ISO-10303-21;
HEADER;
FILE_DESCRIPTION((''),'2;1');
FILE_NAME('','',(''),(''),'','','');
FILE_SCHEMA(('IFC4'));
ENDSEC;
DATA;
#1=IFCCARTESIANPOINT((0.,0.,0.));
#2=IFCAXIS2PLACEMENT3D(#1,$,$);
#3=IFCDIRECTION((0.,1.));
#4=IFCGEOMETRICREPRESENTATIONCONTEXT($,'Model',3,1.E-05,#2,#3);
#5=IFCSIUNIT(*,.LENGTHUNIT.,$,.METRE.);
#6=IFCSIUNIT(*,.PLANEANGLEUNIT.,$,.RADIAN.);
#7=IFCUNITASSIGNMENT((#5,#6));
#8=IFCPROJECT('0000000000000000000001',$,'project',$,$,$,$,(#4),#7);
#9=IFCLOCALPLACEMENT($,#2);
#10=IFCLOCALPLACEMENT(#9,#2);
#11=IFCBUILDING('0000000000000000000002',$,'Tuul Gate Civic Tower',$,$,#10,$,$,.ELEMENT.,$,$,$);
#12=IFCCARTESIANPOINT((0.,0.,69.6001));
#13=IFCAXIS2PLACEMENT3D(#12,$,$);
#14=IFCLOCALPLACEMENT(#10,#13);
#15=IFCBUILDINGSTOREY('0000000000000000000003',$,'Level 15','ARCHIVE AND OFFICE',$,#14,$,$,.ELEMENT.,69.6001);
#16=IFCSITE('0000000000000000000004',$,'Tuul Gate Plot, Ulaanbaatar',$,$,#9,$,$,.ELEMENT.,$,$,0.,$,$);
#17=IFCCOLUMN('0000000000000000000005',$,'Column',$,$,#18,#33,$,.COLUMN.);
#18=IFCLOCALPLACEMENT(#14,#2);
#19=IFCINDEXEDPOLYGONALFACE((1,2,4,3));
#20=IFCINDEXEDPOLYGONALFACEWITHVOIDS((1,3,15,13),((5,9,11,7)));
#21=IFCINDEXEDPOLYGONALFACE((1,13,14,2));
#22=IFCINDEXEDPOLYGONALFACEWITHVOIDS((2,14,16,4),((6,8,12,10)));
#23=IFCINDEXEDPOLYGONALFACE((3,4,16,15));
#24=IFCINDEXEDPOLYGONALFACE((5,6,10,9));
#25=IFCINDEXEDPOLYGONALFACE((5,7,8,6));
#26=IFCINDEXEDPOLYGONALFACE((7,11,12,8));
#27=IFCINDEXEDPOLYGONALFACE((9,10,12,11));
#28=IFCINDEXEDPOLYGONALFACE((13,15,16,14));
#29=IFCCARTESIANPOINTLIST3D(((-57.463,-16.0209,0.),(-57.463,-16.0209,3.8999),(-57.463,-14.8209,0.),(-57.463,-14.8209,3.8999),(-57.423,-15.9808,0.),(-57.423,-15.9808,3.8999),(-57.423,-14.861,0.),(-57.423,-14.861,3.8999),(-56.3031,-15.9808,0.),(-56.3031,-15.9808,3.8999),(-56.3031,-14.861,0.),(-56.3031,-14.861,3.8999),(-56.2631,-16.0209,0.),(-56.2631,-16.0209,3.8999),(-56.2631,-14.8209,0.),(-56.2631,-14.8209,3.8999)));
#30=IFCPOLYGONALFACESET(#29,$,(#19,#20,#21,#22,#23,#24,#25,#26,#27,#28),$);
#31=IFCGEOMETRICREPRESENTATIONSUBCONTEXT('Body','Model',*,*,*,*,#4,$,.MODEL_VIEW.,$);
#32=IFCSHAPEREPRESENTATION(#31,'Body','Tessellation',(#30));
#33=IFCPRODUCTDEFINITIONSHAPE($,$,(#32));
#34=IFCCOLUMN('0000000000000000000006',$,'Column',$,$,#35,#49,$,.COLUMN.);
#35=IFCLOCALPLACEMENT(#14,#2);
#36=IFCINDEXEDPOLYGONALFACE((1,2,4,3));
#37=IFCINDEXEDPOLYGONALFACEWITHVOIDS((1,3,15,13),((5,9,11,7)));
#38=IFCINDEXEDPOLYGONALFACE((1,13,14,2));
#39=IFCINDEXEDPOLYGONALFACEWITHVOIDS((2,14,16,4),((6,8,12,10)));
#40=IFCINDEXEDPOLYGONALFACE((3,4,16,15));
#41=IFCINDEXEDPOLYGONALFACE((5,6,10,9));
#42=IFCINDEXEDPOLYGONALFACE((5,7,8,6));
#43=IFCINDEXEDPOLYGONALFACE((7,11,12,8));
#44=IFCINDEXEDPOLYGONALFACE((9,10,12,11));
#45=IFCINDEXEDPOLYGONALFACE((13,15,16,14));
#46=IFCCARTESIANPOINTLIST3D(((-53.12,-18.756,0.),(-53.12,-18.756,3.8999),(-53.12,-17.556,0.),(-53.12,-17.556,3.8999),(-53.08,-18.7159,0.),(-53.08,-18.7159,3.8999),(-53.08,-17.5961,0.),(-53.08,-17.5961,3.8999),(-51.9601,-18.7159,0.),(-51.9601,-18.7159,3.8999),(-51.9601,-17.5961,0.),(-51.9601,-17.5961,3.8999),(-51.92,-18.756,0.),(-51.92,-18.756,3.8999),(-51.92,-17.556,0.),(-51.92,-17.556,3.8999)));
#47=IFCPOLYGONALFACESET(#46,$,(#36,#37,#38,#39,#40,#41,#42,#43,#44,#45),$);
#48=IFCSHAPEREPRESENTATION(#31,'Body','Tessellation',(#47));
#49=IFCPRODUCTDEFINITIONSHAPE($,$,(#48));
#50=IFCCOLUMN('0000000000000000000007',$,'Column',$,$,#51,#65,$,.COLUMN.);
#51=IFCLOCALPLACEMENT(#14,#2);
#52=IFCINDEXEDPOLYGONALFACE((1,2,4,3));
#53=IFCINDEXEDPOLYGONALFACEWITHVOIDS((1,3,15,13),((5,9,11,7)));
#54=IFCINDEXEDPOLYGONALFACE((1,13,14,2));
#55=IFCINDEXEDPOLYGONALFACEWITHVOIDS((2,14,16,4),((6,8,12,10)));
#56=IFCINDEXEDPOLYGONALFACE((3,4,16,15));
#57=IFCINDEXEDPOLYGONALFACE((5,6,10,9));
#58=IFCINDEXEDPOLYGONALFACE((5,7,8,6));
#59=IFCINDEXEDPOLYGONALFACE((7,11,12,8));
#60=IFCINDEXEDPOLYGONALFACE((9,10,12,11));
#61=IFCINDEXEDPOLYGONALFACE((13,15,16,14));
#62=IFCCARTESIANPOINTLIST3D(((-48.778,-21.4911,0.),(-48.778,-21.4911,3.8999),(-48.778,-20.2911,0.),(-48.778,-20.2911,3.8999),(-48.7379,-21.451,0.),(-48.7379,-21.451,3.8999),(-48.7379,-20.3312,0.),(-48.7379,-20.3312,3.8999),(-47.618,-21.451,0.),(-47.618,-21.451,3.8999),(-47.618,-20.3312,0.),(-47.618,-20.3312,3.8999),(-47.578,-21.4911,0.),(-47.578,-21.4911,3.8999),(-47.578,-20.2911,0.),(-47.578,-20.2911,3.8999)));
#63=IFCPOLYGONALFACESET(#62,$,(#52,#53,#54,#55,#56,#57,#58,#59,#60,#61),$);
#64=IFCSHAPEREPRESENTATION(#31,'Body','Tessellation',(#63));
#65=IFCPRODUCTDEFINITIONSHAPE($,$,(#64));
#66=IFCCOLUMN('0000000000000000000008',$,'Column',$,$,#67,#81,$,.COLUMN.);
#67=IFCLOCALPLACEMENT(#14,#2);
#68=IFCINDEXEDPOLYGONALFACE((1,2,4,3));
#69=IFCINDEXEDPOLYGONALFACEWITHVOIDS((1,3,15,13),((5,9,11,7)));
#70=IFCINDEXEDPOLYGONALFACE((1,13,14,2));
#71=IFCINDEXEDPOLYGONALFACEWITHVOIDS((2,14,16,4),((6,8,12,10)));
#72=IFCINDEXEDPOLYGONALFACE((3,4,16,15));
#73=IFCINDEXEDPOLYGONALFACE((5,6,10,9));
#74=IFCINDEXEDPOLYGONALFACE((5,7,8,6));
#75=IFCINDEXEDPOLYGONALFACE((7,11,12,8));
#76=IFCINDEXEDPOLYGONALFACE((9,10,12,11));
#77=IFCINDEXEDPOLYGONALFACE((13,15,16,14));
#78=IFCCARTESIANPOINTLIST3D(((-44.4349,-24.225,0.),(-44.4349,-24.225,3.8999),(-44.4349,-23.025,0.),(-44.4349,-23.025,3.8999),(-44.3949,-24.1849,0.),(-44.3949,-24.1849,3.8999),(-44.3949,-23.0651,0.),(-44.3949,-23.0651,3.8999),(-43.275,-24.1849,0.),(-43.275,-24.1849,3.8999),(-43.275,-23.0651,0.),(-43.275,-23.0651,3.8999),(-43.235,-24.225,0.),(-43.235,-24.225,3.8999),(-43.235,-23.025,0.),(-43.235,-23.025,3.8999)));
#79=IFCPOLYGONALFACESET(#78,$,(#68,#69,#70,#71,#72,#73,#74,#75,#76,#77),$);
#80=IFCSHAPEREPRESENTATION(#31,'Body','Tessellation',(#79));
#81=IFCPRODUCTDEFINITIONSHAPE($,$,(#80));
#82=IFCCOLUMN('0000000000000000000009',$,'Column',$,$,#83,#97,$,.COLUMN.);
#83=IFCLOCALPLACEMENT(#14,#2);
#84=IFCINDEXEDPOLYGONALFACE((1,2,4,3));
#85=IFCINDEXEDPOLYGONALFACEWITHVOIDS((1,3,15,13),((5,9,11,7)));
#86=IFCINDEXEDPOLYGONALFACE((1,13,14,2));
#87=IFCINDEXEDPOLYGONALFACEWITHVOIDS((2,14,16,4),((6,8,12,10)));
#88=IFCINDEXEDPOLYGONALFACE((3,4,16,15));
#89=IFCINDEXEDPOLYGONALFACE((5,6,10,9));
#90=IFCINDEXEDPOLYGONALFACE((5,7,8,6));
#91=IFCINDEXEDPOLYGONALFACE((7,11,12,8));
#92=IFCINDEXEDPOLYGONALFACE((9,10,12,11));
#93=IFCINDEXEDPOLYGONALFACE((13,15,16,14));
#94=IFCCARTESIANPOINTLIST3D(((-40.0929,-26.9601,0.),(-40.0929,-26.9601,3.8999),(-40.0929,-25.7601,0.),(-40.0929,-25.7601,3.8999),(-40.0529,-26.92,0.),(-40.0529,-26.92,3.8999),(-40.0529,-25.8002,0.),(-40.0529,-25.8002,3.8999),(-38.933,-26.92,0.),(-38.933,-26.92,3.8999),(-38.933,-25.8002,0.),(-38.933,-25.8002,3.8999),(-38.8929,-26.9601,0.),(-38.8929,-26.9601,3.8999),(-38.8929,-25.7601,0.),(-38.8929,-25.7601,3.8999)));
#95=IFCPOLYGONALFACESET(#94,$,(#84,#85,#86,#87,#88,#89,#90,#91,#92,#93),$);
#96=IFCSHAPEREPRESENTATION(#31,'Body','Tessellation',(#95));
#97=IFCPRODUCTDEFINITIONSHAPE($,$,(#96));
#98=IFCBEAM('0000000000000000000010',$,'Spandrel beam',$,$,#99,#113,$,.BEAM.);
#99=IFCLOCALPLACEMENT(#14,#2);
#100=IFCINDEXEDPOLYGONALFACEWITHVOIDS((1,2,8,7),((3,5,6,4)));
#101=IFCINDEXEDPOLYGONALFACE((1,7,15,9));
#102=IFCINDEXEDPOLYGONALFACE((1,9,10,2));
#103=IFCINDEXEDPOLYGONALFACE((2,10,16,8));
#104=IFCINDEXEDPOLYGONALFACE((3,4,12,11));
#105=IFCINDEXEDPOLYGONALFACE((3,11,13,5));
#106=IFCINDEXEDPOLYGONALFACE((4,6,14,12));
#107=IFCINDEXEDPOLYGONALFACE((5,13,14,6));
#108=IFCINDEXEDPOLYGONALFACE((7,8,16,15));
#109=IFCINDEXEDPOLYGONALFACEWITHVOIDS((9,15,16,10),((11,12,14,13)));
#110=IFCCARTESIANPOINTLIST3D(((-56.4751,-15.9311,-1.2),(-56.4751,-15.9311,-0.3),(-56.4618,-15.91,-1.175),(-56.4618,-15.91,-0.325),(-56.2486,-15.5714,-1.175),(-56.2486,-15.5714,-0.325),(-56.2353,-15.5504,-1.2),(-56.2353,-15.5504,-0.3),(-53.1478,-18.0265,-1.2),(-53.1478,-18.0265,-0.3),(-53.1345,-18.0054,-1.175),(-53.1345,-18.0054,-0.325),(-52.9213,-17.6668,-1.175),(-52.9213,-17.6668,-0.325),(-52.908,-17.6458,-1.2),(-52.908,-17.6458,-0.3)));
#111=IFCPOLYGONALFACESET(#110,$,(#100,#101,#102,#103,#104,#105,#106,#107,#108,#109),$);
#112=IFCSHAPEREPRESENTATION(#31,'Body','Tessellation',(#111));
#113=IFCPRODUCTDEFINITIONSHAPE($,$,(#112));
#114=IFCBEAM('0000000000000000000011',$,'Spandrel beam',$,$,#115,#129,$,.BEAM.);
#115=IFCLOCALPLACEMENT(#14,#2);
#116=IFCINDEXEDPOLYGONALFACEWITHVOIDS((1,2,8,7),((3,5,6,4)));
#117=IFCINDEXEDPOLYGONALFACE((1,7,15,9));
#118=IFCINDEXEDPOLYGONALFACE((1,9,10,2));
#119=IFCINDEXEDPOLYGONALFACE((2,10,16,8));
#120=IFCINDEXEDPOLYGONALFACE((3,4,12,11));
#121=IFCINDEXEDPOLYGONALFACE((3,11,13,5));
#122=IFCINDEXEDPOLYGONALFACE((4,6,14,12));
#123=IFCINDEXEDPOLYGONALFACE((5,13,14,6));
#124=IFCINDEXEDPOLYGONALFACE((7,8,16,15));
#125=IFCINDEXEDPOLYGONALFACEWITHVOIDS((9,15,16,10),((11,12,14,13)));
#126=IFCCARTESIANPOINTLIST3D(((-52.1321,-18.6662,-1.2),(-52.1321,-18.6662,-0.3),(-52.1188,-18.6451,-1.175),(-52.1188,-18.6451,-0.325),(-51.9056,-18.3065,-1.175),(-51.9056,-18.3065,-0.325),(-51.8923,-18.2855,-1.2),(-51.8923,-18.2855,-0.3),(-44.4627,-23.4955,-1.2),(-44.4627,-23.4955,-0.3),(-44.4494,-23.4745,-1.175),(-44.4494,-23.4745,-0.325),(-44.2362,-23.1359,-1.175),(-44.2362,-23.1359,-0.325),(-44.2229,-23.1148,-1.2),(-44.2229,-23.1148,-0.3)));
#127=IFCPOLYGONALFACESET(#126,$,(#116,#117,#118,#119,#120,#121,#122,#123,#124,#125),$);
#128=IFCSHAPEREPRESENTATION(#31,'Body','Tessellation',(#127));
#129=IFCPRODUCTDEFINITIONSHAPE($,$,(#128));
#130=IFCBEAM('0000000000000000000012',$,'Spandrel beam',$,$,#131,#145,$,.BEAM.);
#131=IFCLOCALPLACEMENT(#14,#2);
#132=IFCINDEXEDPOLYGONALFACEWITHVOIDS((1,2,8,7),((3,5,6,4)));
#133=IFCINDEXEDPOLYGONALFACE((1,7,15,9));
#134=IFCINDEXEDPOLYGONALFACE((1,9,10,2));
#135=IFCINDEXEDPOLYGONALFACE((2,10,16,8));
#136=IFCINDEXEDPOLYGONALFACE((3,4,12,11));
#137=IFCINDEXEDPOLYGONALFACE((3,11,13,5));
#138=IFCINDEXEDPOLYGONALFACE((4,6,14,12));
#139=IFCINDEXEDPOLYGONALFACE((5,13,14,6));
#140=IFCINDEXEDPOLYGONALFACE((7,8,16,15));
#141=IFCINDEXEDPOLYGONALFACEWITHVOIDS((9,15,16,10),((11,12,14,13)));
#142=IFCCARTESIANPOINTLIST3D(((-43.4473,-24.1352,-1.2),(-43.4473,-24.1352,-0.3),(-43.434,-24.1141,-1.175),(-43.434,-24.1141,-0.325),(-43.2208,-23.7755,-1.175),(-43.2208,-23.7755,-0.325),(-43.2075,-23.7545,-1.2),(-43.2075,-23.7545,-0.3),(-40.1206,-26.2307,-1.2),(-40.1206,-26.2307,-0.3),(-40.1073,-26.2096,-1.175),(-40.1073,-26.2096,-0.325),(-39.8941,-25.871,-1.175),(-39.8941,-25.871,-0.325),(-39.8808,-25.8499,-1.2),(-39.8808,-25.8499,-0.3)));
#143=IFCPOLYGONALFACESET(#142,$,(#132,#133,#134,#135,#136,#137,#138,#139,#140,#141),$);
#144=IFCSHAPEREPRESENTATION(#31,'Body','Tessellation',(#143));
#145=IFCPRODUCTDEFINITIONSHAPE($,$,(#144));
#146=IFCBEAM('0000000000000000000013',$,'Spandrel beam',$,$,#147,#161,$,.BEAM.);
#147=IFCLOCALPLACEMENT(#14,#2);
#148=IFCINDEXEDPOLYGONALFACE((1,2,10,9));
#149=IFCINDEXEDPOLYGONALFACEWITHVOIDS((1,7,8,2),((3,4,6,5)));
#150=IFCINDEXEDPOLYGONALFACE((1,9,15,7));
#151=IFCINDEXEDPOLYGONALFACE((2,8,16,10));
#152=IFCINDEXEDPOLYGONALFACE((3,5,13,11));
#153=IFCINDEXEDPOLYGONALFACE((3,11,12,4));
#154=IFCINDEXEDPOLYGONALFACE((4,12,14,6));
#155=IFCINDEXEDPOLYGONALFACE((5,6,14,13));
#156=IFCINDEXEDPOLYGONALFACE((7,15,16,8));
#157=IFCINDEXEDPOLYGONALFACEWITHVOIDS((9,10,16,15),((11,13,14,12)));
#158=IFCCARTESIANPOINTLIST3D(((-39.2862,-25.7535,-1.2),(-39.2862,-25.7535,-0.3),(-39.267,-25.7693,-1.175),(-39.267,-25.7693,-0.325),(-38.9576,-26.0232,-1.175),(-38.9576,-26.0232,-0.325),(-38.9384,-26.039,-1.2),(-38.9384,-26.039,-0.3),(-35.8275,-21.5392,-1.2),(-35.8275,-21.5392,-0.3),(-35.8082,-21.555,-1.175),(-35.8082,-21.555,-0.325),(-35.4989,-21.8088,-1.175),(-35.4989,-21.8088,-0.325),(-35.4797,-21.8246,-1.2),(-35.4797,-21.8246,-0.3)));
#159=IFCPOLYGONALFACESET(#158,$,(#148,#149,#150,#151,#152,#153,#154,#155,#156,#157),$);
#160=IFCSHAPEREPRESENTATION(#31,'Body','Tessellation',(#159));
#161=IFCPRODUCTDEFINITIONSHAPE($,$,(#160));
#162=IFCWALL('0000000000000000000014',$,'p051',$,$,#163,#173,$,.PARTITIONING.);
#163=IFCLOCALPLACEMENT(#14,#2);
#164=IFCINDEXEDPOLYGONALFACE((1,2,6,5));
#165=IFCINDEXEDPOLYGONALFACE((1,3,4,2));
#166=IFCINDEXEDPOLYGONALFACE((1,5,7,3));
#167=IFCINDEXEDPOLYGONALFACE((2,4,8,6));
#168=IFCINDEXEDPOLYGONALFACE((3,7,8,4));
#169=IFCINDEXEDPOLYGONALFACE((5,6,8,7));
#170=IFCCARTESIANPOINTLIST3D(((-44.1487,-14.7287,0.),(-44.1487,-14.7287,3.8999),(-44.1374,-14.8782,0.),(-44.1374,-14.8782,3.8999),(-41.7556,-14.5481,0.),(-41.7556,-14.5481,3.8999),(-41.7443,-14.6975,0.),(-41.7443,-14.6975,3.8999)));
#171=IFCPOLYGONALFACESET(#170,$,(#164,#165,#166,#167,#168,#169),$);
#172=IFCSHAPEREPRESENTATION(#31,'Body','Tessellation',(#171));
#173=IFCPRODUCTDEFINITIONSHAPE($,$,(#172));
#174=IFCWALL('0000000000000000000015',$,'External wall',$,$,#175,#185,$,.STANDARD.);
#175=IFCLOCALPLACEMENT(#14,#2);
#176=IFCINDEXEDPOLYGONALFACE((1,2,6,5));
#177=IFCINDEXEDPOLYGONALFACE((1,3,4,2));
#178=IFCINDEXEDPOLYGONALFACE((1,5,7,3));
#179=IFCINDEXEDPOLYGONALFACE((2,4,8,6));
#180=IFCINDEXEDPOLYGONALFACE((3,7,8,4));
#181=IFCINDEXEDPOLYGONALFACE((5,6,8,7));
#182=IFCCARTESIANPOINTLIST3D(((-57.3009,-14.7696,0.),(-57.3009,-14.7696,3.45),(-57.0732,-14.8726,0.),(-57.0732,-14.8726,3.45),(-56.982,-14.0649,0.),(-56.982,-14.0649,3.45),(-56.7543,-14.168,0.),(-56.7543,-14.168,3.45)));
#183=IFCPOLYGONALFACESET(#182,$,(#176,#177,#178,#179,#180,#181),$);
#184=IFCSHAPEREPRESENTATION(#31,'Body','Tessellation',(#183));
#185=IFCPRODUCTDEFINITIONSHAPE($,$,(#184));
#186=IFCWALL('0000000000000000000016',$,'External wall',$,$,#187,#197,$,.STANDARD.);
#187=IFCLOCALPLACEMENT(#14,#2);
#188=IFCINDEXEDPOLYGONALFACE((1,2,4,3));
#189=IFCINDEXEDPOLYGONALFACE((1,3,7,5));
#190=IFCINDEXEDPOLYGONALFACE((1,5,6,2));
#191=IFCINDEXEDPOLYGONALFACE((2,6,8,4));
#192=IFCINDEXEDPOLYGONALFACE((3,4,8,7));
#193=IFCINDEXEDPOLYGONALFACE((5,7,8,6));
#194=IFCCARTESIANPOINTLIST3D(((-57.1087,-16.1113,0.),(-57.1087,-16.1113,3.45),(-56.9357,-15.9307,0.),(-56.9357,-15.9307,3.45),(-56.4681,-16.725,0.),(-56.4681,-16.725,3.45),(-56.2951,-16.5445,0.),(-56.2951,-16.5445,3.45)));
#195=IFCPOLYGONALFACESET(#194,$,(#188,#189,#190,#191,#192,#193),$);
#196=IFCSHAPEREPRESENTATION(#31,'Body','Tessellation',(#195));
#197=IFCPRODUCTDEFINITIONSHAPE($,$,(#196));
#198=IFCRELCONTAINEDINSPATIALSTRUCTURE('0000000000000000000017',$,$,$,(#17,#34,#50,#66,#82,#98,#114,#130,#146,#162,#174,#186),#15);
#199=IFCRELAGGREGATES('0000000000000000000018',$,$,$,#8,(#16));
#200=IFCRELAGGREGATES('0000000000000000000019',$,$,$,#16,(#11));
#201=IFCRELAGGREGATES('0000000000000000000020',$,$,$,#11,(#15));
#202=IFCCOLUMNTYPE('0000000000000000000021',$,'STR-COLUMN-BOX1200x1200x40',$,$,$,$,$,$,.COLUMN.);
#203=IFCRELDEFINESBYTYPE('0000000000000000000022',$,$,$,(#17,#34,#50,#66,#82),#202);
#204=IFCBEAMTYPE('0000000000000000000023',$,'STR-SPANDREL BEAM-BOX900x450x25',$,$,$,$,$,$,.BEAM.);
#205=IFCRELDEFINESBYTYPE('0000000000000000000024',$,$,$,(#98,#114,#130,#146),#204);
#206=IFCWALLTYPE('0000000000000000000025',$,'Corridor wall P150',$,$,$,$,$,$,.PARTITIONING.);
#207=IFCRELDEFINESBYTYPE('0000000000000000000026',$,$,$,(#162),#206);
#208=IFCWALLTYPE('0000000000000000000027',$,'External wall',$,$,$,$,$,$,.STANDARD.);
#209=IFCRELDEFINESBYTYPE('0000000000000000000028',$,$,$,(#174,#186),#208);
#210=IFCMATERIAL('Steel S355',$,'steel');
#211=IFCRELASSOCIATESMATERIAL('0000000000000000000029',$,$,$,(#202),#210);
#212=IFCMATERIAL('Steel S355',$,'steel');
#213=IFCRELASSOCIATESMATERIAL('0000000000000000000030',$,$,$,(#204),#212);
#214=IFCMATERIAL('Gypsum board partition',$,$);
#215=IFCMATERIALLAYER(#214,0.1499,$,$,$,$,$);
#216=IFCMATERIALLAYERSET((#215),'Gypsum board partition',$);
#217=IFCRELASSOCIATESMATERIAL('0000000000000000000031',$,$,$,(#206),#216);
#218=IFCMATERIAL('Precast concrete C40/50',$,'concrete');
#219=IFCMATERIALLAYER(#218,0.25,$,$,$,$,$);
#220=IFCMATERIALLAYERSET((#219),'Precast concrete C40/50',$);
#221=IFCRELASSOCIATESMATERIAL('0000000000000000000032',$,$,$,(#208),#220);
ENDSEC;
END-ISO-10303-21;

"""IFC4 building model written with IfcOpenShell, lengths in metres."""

from ifc_helpers import new_model, si_unit, direction, frame, frame_2d, origin, origin_2d, place, context, subcontext, project, spatial, rectangle, hollow_rectangle, extrude, material, layer, layer_set, material_profile, profile_set, type_object, element, save


model = new_model("IFC4")

# Units and contexts
model_context = context("Model", 3, precision=1e-05, world=origin(), true_north=direction((0.0, 1.0)))
body_context = subcontext(model_context, "Body", "Model", "MODEL_VIEW")
ifc_project = project(units=[si_unit("LENGTHUNIT", "METRE"), si_unit("PLANEANGLEUNIT", "RADIAN")], contexts=[model_context])

# Site, building, storey
site_placement = place(None, origin())
site = spatial("IfcSite", under=ifc_project, at=site_placement, Name="Tuul Gate Plot, Ulaanbaatar", CompositionType="ELEMENT", RefElevation=0.0)
building_placement = place(site_placement, origin())
building = spatial("IfcBuilding", under=site, at=building_placement, Name="Tuul Gate Civic Tower", CompositionType="ELEMENT")
storey_placement = place(building_placement, frame((0.0, 0.0, 69.6001)))
storey = spatial("IfcBuildingStorey", under=building, at=storey_placement, Name="Level 15", Description="ARCHIVE AND OFFICE", CompositionType="ELEMENT", Elevation=69.6001)

# Columns
ifc_material_1 = material(Name="Steel S355", Category="steel")
ifc_material_profile_1 = material_profile(ifc_material_1, hollow_rectangle(XDim=1.2, YDim=1.2, WallThickness=0.04, at=origin_2d()), Name="BOX1200x1200x40")
ifc_profile_set_1 = profile_set([ifc_material_profile_1], Name="Steel S355")
column_type = type_object("IfcColumnType", Name="STR-COLUMN-BOX1200x1200x40", PredefinedType="COLUMN", material=ifc_profile_set_1)
for number, where, z_axis, x_axis, name in (
    (1, (-56.863, -15.4209, 0.0), (0.0, 0.0, 1.0), (1.0, 0.0, 0.0), "Column"),
    (2, (-52.52, -18.156, 0.0), (0.0, 0.0, 1.0), (1.0, 0.0, 0.0), "Column"),
    (3, (-48.178, -20.8911, 0.0), (0.0, 0.0, 1.0), (1.0, 0.0, 0.0), "Column"),
    (4, (-43.835, -23.625, 0.0), (0.0, 0.0, 1.0), (1.0, 0.0, 0.0), "Column"),
    (5, (-39.4929, -26.3601, 0.0), (0.0, 0.0, 1.0), (1.0, 0.0, 0.0), "Column"),
):
    element("IfcColumn", number, at=place(storey_placement, frame(where, z_axis=z_axis, x_axis=x_axis)), inside=storey, type_object=column_type, Name=name, PredefinedType="COLUMN", context=body_context, shape_type="SweptSolid", body=[
        extrude(hollow_rectangle(XDim=1.2, YDim=1.2, WallThickness=0.04, at=origin_2d()), origin(), (0.0, 0.0, 1.0), 3.8999),
    ])

# Beams
ifc_material_2 = material(Name="Steel S355", Category="steel")
ifc_material_profile_2 = material_profile(ifc_material_2, hollow_rectangle(XDim=0.45, YDim=0.8999, WallThickness=0.0249, at=origin_2d()), Name="BOX900x450x25")
ifc_profile_set_2 = profile_set([ifc_material_profile_2], Name="Steel S355")
beam_type = type_object("IfcBeamType", Name="STR-SPANDREL BEAM-BOX900x450x25", PredefinedType="BEAM", material=ifc_profile_set_2)
beam_1_placement = place(storey_placement, frame((-56.3552, -15.7407, -0.75), z_axis=(0.846183, -0.532892, 0.0), x_axis=(0.532892, 0.846183, 0.0)))
element("IfcBeam", 6, at=beam_1_placement, inside=storey, type_object=beam_type, Name="Spandrel beam", PredefinedType="BEAM", context=body_context, shape_type="SweptSolid", body=[
    extrude(hollow_rectangle(XDim=0.45, YDim=0.8999, WallThickness=0.0249, at=origin_2d()), origin(), (0.0, 0.0, 1.0), 3.9321),
])
beam_2_placement = place(storey_placement, frame((-52.0122, -18.4758, -0.75), z_axis=(0.846211, -0.532848, 0.0), x_axis=(0.532848, 0.846211, 0.0)))
element("IfcBeam", 7, at=beam_2_placement, inside=storey, type_object=beam_type, Name="Spandrel beam", PredefinedType="BEAM", context=body_context, shape_type="SweptSolid", body=[
    extrude(hollow_rectangle(XDim=0.45, YDim=0.8999, WallThickness=0.0249, at=origin_2d()), origin(), (0.0, 0.0, 1.0), 9.0632),
])
beam_3_placement = place(storey_placement, frame((-43.3274, -23.9448, -0.75), z_axis=(0.84613, -0.532976, 0.0), x_axis=(0.532976, 0.84613, 0.0)))
element("IfcBeam", 8, at=beam_3_placement, inside=storey, type_object=beam_type, Name="Spandrel beam", PredefinedType="BEAM", context=body_context, shape_type="SweptSolid", body=[
    extrude(hollow_rectangle(XDim=0.45, YDim=0.8999, WallThickness=0.0249, at=origin_2d()), origin(), (0.0, 0.0, 1.0), 3.9316),
])
beam_4_placement = place(storey_placement, frame((-39.1123, -25.8962, -0.75), z_axis=(0.634405, 0.773001, 0.0), x_axis=(-0.773001, 0.634405, 0.0)))
element("IfcBeam", 9, at=beam_4_placement, inside=storey, type_object=beam_type, Name="Spandrel beam", PredefinedType="BEAM", context=body_context, shape_type="SweptSolid", body=[
    extrude(hollow_rectangle(XDim=0.45, YDim=0.8999, WallThickness=0.0249, at=origin_2d()), origin(), (0.0, 0.0, 1.0), 5.4519),
])

# Walls
ifc_material_3 = material(Name="Gypsum board partition")
ifc_layer_1 = layer(ifc_material_3, 0.1499)
ifc_layer_set_1 = layer_set([ifc_layer_1], Name="Gypsum board partition")
wall_type_1 = type_object("IfcWallType", Name="Corridor wall P150", PredefinedType="PARTITIONING", material=ifc_layer_set_1)
wall_1_placement = place(storey_placement, frame((-44.1431, -14.8035, 0.0), z_axis=(0.0, 0.0, 1.0), x_axis=(0.997162, 0.075281, 0.0)))
element("IfcWall", 10, at=wall_1_placement, inside=storey, type_object=wall_type_1, Name="p051", PredefinedType="PARTITIONING", context=body_context, shape_type="SweptSolid", body=[
    extrude(rectangle(XDim=2.3999, YDim=0.1499, at=frame_2d((1.2, 0.0))), origin(), (0.0, 0.0, 1.0), 3.8999),
])
ifc_material_4 = material(Name="Precast concrete C40/50", Category="concrete")
ifc_layer_2 = layer(ifc_material_4, 0.25)
ifc_layer_set_2 = layer_set([ifc_layer_2], Name="Precast concrete C40/50")
wall_type_2 = type_object("IfcWallType", Name="External wall", PredefinedType="STANDARD", material=ifc_layer_set_2)
wall_2_placement = place(storey_placement, frame((-56.8682, -14.1165, 0.0), z_axis=(0.0, 0.0, 1.0), x_axis=(-0.41228, -0.911057, 0.0)))
element("IfcWall", 11, at=wall_2_placement, inside=storey, type_object=wall_type_2, Name="External wall", PredefinedType="STANDARD", context=body_context, shape_type="SweptSolid", body=[
    extrude(rectangle(XDim=0.7734, YDim=0.25, at=frame_2d((0.3867, 0.0))), origin(), (0.0, 0.0, 1.0), 3.45),
])
wall_3_placement = place(storey_placement, frame((-57.0222, -16.021, 0.0), z_axis=(0.0, 0.0, 1.0), x_axis=(0.72208, -0.69181, 0.0)))
element("IfcWall", 12, at=wall_3_placement, inside=storey, type_object=wall_type_2, Name="External wall", PredefinedType="STANDARD", context=body_context, shape_type="SweptSolid", body=[
    extrude(rectangle(XDim=0.8872, YDim=0.25, at=frame_2d((0.4436, 0.0))), origin(), (0.0, 0.0, 1.0), 3.45),
])

save(model, "model.ifc")
